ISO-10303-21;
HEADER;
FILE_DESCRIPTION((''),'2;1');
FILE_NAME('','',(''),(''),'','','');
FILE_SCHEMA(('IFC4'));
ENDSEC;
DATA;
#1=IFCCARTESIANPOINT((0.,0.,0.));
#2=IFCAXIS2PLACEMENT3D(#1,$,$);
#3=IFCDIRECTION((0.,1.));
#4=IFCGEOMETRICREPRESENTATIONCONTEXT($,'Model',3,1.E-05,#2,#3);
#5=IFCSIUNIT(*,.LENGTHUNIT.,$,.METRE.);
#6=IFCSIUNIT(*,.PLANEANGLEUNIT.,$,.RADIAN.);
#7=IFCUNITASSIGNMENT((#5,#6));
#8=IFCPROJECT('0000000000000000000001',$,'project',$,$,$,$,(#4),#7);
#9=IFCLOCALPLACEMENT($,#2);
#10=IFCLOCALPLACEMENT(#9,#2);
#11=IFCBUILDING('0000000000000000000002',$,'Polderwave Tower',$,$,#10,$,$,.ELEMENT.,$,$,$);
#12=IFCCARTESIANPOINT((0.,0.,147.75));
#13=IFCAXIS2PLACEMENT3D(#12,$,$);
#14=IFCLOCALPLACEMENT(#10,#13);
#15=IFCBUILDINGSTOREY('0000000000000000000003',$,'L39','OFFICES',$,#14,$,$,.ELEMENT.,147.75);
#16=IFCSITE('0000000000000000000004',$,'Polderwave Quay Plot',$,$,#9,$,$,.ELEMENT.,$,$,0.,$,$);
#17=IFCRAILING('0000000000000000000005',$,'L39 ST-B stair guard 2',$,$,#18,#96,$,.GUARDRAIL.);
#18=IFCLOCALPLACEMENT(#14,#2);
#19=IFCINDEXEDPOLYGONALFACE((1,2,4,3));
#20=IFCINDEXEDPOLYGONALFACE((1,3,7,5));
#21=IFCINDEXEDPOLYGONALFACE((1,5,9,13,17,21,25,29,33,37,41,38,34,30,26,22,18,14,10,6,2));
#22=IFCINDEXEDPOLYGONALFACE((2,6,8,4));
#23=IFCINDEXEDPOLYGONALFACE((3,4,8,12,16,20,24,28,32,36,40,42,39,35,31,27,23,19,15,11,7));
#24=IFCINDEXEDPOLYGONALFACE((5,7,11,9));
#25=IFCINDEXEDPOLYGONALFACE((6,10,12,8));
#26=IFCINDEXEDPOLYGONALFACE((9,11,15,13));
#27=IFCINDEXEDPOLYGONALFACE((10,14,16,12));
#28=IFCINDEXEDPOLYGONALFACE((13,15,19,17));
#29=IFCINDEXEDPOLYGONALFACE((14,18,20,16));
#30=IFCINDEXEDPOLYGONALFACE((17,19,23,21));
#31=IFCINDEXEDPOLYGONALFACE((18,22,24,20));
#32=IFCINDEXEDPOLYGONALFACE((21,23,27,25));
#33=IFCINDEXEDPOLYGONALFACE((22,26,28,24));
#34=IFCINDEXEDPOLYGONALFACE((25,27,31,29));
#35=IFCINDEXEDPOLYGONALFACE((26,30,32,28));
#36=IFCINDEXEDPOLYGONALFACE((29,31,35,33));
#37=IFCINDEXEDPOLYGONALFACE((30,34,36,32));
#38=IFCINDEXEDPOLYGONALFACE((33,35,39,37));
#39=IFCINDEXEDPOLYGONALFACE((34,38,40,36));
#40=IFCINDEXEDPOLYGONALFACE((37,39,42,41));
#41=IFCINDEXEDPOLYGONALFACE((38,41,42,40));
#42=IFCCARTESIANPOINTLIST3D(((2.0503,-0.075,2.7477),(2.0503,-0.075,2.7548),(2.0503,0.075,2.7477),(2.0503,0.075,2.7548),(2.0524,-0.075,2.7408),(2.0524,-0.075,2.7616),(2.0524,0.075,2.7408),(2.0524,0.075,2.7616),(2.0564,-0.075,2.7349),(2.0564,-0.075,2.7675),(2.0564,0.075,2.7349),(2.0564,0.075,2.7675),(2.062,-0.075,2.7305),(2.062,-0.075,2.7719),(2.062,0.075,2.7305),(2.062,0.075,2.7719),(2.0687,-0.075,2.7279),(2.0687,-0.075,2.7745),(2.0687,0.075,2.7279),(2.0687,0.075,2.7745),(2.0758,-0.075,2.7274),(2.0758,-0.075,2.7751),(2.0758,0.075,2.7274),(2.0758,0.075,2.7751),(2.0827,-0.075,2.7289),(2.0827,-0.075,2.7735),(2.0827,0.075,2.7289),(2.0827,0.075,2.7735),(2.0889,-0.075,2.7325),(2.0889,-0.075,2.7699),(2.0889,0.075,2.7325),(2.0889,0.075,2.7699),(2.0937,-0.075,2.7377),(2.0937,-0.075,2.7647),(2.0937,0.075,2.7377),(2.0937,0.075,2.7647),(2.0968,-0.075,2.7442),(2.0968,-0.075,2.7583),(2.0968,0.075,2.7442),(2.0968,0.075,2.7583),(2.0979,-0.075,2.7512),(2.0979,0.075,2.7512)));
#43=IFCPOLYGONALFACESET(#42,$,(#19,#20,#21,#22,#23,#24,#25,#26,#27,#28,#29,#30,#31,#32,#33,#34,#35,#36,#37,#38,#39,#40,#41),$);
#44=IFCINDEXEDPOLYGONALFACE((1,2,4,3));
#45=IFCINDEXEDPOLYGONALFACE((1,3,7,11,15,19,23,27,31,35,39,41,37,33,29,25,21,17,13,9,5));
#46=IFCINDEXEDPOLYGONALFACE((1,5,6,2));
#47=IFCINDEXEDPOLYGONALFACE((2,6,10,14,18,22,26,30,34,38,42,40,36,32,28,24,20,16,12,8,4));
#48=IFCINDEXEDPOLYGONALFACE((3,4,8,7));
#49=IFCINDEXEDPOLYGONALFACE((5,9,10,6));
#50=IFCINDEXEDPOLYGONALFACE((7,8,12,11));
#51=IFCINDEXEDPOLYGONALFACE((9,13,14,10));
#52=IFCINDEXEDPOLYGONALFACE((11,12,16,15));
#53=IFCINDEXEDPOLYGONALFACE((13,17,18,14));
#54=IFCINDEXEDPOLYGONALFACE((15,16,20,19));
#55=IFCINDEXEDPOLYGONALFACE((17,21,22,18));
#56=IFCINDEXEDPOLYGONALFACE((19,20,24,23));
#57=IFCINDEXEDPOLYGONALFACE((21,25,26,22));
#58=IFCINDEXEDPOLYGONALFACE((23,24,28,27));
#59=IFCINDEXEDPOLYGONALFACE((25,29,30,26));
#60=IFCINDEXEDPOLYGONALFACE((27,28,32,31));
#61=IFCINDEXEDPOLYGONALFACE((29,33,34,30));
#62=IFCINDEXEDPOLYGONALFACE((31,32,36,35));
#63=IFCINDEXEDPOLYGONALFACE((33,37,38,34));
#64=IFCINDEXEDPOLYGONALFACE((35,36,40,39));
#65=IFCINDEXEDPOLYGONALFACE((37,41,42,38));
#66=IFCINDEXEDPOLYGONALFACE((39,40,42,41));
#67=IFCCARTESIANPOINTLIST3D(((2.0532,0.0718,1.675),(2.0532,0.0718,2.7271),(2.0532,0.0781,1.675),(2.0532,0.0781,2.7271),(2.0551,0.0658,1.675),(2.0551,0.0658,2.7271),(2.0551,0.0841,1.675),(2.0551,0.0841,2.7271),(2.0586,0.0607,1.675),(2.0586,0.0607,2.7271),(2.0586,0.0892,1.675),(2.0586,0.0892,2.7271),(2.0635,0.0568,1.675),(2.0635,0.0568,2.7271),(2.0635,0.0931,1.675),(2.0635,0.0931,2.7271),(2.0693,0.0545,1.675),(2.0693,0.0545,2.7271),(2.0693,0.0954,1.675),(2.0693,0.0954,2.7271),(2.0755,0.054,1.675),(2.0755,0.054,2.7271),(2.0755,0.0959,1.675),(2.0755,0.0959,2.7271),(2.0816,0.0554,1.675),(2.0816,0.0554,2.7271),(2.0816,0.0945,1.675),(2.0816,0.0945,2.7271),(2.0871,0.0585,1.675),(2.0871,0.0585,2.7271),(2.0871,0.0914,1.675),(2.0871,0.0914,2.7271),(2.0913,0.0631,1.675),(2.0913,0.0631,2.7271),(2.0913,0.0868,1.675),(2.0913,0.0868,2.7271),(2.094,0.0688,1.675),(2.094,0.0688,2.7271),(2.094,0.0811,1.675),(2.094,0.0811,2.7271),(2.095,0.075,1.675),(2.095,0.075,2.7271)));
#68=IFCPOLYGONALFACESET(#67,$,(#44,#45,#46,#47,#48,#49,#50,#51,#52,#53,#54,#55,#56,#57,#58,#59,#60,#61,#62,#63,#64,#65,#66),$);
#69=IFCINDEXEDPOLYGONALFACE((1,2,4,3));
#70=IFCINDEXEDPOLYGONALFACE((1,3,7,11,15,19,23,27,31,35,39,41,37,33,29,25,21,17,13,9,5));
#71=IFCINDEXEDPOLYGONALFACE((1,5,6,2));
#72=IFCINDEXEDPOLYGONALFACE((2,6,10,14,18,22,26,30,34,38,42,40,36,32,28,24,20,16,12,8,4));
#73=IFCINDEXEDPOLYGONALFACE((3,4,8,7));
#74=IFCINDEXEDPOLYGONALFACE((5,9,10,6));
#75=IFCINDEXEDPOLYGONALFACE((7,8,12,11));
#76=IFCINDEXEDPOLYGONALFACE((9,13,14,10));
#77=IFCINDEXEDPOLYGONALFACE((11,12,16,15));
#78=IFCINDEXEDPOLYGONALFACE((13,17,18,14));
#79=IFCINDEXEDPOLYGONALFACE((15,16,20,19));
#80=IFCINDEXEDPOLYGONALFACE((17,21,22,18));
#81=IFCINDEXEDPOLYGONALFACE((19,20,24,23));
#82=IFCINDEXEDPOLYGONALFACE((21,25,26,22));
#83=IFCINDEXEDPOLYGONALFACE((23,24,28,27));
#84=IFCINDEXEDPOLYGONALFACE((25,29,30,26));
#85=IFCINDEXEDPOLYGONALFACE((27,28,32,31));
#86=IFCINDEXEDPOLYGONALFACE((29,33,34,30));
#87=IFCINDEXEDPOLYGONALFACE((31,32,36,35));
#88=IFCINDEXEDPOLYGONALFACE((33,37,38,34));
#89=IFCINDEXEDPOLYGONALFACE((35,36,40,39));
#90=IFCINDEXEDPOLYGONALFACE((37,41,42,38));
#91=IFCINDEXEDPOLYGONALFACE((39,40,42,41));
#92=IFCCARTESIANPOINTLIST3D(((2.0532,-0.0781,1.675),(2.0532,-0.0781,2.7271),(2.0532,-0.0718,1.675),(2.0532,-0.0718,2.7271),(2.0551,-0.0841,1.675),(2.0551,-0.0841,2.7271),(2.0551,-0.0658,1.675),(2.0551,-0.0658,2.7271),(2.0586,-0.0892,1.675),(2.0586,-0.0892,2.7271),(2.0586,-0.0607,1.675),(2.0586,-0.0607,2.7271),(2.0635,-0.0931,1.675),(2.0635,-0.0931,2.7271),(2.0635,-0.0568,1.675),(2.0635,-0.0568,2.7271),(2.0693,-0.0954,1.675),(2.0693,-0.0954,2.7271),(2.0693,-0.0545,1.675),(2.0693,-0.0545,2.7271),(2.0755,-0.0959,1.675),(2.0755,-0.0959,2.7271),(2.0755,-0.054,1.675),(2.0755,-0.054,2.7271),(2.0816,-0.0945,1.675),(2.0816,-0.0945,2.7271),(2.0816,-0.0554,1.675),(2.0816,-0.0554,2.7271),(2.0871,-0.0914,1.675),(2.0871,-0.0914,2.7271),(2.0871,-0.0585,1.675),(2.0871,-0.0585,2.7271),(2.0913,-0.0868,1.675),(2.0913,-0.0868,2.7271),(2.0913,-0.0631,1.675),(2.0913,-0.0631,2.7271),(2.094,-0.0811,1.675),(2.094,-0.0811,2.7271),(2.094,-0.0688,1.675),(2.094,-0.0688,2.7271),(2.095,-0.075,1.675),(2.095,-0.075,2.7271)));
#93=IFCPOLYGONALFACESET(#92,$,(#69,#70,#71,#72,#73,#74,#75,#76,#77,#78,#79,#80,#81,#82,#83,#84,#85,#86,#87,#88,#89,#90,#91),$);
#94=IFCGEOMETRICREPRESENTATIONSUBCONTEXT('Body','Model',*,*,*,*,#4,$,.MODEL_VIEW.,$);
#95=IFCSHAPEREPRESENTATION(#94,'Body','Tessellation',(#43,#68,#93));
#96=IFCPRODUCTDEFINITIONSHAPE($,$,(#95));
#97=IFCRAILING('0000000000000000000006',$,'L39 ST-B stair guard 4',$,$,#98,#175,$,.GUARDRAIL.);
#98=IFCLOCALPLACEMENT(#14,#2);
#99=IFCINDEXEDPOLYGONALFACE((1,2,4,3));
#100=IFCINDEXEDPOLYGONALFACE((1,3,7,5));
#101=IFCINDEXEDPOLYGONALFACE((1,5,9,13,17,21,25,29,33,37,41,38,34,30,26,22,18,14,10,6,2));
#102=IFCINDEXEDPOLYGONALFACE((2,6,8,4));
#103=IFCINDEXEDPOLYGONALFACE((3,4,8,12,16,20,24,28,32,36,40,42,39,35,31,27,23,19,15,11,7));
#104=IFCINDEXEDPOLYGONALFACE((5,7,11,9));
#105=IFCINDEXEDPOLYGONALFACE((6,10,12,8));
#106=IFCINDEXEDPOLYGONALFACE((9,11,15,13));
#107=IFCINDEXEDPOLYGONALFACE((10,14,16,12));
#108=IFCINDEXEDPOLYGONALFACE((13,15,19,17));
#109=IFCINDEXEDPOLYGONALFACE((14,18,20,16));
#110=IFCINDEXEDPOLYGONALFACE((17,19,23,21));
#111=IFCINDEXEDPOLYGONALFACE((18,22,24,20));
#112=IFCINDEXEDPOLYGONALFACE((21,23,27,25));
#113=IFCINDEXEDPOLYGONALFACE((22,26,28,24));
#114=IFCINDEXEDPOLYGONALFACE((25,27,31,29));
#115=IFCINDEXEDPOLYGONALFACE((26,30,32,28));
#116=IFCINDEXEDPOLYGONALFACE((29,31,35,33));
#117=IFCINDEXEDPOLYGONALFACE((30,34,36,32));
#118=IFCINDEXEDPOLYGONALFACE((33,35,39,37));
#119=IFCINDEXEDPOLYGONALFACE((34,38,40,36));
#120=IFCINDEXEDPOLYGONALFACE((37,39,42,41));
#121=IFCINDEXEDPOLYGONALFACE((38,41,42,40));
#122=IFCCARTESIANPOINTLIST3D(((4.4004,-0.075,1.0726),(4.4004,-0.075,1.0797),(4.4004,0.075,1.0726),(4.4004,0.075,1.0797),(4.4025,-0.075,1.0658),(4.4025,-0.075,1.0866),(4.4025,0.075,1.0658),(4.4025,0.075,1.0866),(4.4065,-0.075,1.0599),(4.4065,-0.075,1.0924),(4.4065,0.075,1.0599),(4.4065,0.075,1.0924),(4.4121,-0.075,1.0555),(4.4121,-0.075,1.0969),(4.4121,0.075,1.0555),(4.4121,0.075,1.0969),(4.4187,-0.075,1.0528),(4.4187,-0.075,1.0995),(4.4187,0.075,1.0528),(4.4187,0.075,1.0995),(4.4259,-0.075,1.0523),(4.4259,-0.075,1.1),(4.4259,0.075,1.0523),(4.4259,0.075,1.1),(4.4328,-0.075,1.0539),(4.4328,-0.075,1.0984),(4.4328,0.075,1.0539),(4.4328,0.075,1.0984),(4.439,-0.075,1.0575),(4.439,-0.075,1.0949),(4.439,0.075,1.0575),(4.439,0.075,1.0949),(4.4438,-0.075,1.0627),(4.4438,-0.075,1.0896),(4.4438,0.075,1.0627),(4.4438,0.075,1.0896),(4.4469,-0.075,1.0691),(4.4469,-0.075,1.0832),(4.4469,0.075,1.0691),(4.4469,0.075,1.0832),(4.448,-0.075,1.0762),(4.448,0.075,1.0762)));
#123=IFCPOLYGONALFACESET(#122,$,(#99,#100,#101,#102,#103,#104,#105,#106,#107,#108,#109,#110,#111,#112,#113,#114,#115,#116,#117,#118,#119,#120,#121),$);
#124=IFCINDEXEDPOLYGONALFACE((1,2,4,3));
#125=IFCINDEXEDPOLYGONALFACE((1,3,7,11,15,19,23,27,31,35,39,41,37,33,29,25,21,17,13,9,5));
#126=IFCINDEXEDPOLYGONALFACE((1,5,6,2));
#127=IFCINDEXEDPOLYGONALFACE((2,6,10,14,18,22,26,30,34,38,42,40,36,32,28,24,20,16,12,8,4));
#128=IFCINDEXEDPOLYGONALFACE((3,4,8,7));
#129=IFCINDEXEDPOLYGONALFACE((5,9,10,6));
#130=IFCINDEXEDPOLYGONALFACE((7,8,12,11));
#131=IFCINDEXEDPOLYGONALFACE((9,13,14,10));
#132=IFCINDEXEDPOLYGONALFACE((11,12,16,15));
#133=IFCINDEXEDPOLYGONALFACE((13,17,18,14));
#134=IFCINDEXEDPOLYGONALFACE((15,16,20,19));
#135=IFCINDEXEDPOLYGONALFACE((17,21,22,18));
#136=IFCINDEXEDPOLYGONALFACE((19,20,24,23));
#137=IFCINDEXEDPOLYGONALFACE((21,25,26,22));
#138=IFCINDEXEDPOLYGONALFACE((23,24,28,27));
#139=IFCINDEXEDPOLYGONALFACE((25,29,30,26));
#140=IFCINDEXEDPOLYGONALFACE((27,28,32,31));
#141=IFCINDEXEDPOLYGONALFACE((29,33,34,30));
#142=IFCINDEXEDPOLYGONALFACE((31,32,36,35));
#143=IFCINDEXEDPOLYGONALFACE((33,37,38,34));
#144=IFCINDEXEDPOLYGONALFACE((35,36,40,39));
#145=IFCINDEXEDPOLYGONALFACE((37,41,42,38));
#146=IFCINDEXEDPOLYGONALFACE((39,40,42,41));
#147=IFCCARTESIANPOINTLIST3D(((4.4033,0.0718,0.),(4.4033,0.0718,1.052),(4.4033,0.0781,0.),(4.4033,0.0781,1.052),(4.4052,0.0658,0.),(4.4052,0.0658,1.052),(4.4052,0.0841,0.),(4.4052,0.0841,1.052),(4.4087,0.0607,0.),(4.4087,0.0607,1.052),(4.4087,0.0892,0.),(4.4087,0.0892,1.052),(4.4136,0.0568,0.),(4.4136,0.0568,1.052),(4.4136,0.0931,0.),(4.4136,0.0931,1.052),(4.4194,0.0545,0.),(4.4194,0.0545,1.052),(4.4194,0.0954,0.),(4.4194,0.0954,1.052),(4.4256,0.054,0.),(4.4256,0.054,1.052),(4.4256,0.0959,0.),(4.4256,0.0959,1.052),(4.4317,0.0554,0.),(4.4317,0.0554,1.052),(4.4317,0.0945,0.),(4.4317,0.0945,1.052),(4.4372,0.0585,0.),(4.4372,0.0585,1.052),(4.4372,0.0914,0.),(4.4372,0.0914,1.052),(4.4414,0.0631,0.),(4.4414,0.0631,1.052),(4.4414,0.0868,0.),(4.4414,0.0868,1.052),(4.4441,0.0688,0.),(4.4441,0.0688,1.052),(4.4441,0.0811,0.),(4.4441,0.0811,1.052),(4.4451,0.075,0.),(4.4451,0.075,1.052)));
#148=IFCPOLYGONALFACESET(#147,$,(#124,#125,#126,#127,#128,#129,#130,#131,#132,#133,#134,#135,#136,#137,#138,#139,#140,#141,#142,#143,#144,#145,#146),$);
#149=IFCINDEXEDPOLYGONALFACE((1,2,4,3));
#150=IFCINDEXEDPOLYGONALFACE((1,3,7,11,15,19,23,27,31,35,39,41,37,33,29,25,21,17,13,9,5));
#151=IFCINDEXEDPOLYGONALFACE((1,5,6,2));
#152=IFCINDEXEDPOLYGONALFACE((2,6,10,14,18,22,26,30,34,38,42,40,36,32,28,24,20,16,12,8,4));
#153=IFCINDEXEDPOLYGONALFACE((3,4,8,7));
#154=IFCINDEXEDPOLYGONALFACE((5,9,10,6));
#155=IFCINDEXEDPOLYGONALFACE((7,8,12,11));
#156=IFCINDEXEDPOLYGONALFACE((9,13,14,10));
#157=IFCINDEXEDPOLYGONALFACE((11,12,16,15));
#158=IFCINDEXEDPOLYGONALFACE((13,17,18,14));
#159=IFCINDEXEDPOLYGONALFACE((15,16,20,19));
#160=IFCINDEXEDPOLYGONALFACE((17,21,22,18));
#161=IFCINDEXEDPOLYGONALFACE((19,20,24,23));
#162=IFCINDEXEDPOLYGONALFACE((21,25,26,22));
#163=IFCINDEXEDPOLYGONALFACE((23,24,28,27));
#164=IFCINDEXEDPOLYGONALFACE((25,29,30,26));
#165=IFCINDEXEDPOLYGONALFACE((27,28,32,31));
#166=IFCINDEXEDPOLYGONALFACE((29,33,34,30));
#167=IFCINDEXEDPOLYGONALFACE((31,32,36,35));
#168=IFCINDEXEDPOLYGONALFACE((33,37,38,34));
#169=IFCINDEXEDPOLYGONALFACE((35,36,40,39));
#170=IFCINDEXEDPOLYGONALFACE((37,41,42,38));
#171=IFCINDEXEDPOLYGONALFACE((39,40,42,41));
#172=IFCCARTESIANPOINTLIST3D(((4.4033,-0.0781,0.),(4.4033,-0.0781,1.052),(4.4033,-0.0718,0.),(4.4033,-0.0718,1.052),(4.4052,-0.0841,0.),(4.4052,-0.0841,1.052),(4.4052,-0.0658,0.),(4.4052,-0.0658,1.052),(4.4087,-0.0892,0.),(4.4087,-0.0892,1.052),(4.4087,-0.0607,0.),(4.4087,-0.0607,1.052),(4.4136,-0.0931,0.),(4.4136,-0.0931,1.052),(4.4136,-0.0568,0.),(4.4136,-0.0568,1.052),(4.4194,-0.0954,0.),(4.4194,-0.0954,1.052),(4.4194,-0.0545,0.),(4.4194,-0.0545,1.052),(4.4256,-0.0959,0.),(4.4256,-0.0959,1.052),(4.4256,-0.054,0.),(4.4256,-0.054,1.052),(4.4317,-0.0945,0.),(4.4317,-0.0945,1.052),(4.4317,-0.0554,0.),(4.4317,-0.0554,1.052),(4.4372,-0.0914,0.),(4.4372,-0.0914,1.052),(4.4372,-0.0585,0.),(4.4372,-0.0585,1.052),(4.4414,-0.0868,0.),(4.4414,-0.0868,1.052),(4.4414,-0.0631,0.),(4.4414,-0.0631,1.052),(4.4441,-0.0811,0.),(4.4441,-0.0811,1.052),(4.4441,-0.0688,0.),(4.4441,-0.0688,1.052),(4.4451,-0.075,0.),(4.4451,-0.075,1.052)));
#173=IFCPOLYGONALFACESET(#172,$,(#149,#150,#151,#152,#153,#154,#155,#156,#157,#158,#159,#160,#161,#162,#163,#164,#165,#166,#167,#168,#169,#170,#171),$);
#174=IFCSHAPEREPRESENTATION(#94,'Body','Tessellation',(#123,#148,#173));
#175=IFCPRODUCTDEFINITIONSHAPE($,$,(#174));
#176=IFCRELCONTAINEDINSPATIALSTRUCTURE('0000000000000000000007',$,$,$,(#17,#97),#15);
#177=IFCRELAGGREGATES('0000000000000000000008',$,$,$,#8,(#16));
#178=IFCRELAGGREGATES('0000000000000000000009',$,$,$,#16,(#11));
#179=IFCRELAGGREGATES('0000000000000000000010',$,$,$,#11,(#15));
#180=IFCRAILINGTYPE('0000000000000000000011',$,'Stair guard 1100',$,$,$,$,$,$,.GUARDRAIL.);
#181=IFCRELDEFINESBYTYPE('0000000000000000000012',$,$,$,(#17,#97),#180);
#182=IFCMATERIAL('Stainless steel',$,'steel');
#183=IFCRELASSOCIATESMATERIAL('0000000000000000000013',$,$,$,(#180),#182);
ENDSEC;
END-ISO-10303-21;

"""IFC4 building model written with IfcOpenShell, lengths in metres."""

from ifc_helpers import new_model, si_unit, direction, frame, origin, origin_2d, place, context, subcontext, project, spatial, circle, extrude, material, type_object, element, save


model = new_model("IFC4")

# Units and contexts
model_context = context("Model", 3, precision=1e-05, world=origin(), true_north=direction((0.0, 1.0)))
body_context = subcontext(model_context, "Body", "Model", "MODEL_VIEW")
ifc_project = project(units=[si_unit("LENGTHUNIT", "METRE"), si_unit("PLANEANGLEUNIT", "RADIAN")], contexts=[model_context])

# Site, building, storey
site_placement = place(None, origin())
site = spatial("IfcSite", under=ifc_project, at=site_placement, Name="Polderwave Quay Plot", CompositionType="ELEMENT", RefElevation=0.0)
building_placement = place(site_placement, origin())
building = spatial("IfcBuilding", under=site, at=building_placement, Name="Polderwave Tower", CompositionType="ELEMENT")
storey_placement = place(building_placement, frame((0.0, 0.0, 147.75)))
storey = spatial("IfcBuildingStorey", under=building, at=storey_placement, Name="L39", Description="OFFICES", CompositionType="ELEMENT", Elevation=147.75)

# Shared definitions
ifc_material_1 = material(Name="Stainless steel", Category="steel")

# Railings
railing_type_1 = type_object("IfcRailingType", Name="Stair guard 1100", PredefinedType="GUARDRAIL", material=ifc_material_1)
for number, where, name in (
    (1, (2.074, 0.075, 1.675), "L39 ST-B stair guard 2"),
    (2, (4.4241, 0.075, 0.0), "L39 ST-B stair guard 4"),
):
    element("IfcRailing", number, at=place(storey_placement, frame(where)), inside=storey, type_object=railing_type_1, Name=name, PredefinedType="GUARDRAIL", context=body_context, shape_type="SweptSolid", body=[
        extrude(circle(Radius=0.0239, at=origin_2d()), frame((0.0, 0.0, 1.0762), z_axis=(0.0, -1.0, 0.0), x_axis=(1.0, 0.0, 0.0)), (0.0, 0.0, 1.0), 0.1499),
        extrude(circle(Radius=0.021, at=origin_2d()), origin(), (0.0, 0.0, 1.0), 1.052),
        extrude(circle(Radius=0.021, at=origin_2d()), frame((0.0, -0.1499, 0.0)), (0.0, 0.0, 1.0), 1.052),
    ])

save(model, "model.ifc")
